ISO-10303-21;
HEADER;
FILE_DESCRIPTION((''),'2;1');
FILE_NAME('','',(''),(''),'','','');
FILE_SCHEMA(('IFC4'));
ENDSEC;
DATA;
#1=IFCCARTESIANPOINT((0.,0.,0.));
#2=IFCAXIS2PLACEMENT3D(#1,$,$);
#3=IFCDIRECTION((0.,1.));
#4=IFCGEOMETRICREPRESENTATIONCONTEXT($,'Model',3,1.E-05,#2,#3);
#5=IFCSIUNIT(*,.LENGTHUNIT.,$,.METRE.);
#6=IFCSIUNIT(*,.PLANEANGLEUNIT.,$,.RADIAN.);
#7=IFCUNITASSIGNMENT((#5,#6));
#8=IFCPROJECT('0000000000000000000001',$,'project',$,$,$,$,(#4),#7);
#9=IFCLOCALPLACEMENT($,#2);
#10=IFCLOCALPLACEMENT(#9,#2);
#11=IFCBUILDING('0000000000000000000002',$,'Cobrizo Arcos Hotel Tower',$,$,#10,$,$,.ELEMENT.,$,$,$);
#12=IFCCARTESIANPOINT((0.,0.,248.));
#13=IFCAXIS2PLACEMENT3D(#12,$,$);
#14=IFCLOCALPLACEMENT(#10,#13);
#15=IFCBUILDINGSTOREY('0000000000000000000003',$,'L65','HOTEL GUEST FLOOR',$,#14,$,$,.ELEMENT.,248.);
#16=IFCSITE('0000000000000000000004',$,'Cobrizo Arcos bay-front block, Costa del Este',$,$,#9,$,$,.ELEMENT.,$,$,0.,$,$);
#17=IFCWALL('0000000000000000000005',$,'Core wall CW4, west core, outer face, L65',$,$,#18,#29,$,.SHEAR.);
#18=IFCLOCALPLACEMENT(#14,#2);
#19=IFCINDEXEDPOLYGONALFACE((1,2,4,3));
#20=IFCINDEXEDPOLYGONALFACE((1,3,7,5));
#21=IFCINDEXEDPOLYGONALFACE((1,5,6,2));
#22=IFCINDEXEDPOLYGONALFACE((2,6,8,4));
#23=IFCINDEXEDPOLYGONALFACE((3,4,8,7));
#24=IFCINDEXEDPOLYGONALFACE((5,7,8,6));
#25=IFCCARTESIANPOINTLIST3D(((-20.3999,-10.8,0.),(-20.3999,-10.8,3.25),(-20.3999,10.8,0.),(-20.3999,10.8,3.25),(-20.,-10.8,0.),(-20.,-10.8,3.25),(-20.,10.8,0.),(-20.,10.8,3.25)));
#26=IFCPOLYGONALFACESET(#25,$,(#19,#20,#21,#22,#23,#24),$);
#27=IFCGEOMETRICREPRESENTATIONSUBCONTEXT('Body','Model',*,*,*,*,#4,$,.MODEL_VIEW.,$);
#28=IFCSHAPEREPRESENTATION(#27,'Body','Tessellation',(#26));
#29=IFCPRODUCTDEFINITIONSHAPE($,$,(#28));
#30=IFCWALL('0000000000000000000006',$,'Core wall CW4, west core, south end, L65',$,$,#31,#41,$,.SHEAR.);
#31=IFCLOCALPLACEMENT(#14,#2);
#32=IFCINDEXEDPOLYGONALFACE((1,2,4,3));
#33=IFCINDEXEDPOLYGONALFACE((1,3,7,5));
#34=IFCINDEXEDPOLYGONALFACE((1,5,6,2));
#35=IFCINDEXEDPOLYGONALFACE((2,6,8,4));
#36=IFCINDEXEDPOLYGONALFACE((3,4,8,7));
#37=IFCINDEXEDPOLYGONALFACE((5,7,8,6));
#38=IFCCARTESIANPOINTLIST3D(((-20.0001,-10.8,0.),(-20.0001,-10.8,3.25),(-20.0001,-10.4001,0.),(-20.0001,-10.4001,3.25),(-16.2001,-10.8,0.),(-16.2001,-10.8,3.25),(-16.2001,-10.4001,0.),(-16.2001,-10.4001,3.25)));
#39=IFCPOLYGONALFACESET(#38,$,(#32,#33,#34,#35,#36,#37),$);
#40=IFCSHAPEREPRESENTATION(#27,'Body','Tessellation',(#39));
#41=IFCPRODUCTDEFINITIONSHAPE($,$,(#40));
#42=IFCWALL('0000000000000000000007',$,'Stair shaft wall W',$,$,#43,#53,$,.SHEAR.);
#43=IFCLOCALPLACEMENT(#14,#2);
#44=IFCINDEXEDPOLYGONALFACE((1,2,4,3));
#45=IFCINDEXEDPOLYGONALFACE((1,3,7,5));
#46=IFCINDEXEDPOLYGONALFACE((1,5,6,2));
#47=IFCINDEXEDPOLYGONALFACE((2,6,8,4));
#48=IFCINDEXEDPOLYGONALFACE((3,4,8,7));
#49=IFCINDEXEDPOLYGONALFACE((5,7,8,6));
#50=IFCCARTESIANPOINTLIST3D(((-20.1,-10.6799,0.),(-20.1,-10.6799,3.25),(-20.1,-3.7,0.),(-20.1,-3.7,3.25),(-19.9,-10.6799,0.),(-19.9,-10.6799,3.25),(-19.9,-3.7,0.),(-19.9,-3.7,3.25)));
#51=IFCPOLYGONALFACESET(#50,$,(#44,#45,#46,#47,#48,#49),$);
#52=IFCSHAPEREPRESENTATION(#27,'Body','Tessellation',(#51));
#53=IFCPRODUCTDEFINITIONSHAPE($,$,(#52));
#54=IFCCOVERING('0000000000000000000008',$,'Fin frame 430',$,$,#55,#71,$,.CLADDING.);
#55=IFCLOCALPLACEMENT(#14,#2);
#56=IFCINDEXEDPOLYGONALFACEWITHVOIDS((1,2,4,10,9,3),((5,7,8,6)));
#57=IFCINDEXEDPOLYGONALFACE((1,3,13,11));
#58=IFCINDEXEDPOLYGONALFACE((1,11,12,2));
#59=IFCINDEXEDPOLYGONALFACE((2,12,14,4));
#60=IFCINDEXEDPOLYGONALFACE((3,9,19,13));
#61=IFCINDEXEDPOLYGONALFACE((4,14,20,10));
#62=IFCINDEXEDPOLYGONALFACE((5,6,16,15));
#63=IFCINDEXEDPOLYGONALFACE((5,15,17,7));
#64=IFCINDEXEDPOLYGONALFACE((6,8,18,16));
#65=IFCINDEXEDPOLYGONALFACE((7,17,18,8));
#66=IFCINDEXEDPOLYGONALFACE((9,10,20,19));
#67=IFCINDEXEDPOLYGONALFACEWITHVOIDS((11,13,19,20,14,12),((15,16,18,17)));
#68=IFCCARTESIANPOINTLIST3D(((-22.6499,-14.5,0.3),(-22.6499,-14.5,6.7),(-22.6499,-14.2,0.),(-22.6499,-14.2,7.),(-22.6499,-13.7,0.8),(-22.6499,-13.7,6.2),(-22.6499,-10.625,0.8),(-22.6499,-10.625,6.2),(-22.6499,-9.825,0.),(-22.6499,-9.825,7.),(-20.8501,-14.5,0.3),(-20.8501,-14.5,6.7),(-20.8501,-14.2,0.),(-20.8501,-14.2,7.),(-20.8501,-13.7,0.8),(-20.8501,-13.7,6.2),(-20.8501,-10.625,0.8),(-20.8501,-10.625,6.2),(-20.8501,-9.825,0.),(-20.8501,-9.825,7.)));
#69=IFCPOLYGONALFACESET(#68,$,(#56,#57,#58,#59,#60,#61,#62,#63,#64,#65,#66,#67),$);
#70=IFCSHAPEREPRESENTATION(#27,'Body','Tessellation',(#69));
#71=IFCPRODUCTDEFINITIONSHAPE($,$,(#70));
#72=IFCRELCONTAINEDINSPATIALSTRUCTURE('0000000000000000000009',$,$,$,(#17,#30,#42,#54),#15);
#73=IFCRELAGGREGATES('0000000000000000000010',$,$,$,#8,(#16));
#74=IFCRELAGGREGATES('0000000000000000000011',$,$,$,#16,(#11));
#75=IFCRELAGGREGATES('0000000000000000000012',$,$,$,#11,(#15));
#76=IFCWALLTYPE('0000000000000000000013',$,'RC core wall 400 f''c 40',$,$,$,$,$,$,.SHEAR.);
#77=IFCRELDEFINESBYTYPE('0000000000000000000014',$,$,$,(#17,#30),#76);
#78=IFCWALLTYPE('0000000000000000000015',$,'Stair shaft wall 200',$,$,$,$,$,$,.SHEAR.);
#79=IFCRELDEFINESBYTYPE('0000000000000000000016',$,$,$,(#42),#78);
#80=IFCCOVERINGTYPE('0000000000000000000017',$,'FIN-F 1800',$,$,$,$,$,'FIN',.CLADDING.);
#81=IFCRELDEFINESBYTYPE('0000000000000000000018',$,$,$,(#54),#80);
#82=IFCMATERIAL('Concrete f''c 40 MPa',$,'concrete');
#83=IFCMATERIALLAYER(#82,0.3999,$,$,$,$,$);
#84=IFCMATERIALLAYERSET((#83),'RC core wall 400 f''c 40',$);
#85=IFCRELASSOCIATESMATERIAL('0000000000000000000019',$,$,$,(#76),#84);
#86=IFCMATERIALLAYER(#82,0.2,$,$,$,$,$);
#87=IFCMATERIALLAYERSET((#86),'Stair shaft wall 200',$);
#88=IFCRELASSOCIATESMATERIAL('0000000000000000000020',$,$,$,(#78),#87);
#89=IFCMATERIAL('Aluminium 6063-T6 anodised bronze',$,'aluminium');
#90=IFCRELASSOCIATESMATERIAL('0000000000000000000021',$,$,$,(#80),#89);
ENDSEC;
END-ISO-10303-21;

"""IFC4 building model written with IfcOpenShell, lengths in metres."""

from ifc_helpers import new_model, si_unit, direction, frame, frame_2d, origin, place, context, subcontext, project, spatial, polyline, rectangle, outline, extrude, material, layer, layer_set, type_object, element, save


model = new_model("IFC4")

# Units and contexts
model_context = context("Model", 3, precision=1e-05, world=origin(), true_north=direction((0.0, 1.0)))
body_context = subcontext(model_context, "Body", "Model", "MODEL_VIEW")
ifc_project = project(units=[si_unit("LENGTHUNIT", "METRE"), si_unit("PLANEANGLEUNIT", "RADIAN")], contexts=[model_context])

# Site, building, storey
site_placement = place(None, origin())
site = spatial("IfcSite", under=ifc_project, at=site_placement, Name="Cobrizo Arcos bay-front block, Costa del Este", CompositionType="ELEMENT", RefElevation=0.0)
building_placement = place(site_placement, origin())
building = spatial("IfcBuilding", under=site, at=building_placement, Name="Cobrizo Arcos Hotel Tower", CompositionType="ELEMENT")
storey_placement = place(building_placement, frame((0.0, 0.0, 248.0)))
storey = spatial("IfcBuildingStorey", under=building, at=storey_placement, Name="L65", Description="HOTEL GUEST FLOOR", CompositionType="ELEMENT", Elevation=248.0)

# Shared definitions
ifc_material_1 = material(Name="Aluminium 6063-T6 anodised bronze", Category="aluminium")

# Shared definitions
ifc_material_2 = material(Name="Concrete f'c 40 MPa", Category="concrete")
ifc_layer_1 = layer(ifc_material_2, 0.3999)
ifc_layer_set_1 = layer_set([ifc_layer_1], Name="RC core wall 400 f'c 40")
wall_type_1 = type_object("IfcWallType", Name="RC core wall 400 f'c 40", PredefinedType="SHEAR", material=ifc_layer_set_1)

# Walls
wall_1_placement = place(storey_placement, frame((-20.2, -10.8, 0.0), z_axis=(0.0, 0.0, 1.0), x_axis=(0.0, 1.0, 0.0)))
element("IfcWall", 1, at=wall_1_placement, inside=storey, type_object=wall_type_1, Name="Core wall CW4, west core, outer face, L65", PredefinedType="SHEAR", context=body_context, shape_type="SweptSolid", body=[
    extrude(rectangle(XDim=21.6001, YDim=0.3999, at=frame_2d((10.8, 0.0))), origin(), (0.0, 0.0, 1.0), 3.25),
])
wall_2_placement = place(storey_placement, frame((-20.0, -10.6001, 0.0), z_axis=(0.0, 0.0, 1.0), x_axis=(1.0, 0.0, 0.0)))
element("IfcWall", 2, at=wall_2_placement, inside=storey, type_object=wall_type_1, Name="Core wall CW4, west core, south end, L65", PredefinedType="SHEAR", context=body_context, shape_type="SweptSolid", body=[
    extrude(rectangle(XDim=3.8, YDim=0.3999, at=frame_2d((1.8999, 0.0))), origin(), (0.0, 0.0, 1.0), 3.25),
])
ifc_layer_2 = layer(ifc_material_2, 0.2)
ifc_layer_set_2 = layer_set([ifc_layer_2], Name="Stair shaft wall 200")
wall_type_2 = type_object("IfcWallType", Name="Stair shaft wall 200", PredefinedType="SHEAR", material=ifc_layer_set_2)
wall_3_placement = place(storey_placement, frame((-20.0, -10.6799, 0.0), z_axis=(0.0, 0.0, 1.0), x_axis=(0.0, 1.0, 0.0)))
element("IfcWall", 3, at=wall_3_placement, inside=storey, type_object=wall_type_2, Name="Stair shaft wall W", PredefinedType="SHEAR", context=body_context, shape_type="SweptSolid", body=[
    extrude(rectangle(XDim=6.98, YDim=0.2, at=frame_2d((3.49, 0.0))), origin(), (0.0, 0.0, 1.0), 3.25),
])

# Covering
covering_type = type_object("IfcCoveringType", Name="FIN-F 1800", ElementType="FIN", PredefinedType="CLADDING", material=ifc_material_1)
covering_placement = place(storey_placement, frame((-20.8501, -9.825, 0.0), z_axis=(-1.0, 0.0, 0.0), x_axis=(0.0, -1.0, 0.0)))
element("IfcCovering", 4, at=covering_placement, inside=storey, type_object=covering_type, Name="Fin frame 430", PredefinedType="CLADDING", context=body_context, shape_type="SweptSolid", body=[
    extrude(outline(polyline([(0.0, 7.0), (0.0, 0.0), (4.375, 0.0), (4.675, 0.3), (4.675, 6.7), (4.375, 7.0), (0.0, 7.0)]), holes=[polyline([(3.875, 0.8), (0.8, 0.8), (0.8, 6.2), (3.875, 6.2), (3.875, 0.8)])]), origin(), (0.0, 0.0, 1.0), 1.7998),
])

save(model, "model.ifc")
